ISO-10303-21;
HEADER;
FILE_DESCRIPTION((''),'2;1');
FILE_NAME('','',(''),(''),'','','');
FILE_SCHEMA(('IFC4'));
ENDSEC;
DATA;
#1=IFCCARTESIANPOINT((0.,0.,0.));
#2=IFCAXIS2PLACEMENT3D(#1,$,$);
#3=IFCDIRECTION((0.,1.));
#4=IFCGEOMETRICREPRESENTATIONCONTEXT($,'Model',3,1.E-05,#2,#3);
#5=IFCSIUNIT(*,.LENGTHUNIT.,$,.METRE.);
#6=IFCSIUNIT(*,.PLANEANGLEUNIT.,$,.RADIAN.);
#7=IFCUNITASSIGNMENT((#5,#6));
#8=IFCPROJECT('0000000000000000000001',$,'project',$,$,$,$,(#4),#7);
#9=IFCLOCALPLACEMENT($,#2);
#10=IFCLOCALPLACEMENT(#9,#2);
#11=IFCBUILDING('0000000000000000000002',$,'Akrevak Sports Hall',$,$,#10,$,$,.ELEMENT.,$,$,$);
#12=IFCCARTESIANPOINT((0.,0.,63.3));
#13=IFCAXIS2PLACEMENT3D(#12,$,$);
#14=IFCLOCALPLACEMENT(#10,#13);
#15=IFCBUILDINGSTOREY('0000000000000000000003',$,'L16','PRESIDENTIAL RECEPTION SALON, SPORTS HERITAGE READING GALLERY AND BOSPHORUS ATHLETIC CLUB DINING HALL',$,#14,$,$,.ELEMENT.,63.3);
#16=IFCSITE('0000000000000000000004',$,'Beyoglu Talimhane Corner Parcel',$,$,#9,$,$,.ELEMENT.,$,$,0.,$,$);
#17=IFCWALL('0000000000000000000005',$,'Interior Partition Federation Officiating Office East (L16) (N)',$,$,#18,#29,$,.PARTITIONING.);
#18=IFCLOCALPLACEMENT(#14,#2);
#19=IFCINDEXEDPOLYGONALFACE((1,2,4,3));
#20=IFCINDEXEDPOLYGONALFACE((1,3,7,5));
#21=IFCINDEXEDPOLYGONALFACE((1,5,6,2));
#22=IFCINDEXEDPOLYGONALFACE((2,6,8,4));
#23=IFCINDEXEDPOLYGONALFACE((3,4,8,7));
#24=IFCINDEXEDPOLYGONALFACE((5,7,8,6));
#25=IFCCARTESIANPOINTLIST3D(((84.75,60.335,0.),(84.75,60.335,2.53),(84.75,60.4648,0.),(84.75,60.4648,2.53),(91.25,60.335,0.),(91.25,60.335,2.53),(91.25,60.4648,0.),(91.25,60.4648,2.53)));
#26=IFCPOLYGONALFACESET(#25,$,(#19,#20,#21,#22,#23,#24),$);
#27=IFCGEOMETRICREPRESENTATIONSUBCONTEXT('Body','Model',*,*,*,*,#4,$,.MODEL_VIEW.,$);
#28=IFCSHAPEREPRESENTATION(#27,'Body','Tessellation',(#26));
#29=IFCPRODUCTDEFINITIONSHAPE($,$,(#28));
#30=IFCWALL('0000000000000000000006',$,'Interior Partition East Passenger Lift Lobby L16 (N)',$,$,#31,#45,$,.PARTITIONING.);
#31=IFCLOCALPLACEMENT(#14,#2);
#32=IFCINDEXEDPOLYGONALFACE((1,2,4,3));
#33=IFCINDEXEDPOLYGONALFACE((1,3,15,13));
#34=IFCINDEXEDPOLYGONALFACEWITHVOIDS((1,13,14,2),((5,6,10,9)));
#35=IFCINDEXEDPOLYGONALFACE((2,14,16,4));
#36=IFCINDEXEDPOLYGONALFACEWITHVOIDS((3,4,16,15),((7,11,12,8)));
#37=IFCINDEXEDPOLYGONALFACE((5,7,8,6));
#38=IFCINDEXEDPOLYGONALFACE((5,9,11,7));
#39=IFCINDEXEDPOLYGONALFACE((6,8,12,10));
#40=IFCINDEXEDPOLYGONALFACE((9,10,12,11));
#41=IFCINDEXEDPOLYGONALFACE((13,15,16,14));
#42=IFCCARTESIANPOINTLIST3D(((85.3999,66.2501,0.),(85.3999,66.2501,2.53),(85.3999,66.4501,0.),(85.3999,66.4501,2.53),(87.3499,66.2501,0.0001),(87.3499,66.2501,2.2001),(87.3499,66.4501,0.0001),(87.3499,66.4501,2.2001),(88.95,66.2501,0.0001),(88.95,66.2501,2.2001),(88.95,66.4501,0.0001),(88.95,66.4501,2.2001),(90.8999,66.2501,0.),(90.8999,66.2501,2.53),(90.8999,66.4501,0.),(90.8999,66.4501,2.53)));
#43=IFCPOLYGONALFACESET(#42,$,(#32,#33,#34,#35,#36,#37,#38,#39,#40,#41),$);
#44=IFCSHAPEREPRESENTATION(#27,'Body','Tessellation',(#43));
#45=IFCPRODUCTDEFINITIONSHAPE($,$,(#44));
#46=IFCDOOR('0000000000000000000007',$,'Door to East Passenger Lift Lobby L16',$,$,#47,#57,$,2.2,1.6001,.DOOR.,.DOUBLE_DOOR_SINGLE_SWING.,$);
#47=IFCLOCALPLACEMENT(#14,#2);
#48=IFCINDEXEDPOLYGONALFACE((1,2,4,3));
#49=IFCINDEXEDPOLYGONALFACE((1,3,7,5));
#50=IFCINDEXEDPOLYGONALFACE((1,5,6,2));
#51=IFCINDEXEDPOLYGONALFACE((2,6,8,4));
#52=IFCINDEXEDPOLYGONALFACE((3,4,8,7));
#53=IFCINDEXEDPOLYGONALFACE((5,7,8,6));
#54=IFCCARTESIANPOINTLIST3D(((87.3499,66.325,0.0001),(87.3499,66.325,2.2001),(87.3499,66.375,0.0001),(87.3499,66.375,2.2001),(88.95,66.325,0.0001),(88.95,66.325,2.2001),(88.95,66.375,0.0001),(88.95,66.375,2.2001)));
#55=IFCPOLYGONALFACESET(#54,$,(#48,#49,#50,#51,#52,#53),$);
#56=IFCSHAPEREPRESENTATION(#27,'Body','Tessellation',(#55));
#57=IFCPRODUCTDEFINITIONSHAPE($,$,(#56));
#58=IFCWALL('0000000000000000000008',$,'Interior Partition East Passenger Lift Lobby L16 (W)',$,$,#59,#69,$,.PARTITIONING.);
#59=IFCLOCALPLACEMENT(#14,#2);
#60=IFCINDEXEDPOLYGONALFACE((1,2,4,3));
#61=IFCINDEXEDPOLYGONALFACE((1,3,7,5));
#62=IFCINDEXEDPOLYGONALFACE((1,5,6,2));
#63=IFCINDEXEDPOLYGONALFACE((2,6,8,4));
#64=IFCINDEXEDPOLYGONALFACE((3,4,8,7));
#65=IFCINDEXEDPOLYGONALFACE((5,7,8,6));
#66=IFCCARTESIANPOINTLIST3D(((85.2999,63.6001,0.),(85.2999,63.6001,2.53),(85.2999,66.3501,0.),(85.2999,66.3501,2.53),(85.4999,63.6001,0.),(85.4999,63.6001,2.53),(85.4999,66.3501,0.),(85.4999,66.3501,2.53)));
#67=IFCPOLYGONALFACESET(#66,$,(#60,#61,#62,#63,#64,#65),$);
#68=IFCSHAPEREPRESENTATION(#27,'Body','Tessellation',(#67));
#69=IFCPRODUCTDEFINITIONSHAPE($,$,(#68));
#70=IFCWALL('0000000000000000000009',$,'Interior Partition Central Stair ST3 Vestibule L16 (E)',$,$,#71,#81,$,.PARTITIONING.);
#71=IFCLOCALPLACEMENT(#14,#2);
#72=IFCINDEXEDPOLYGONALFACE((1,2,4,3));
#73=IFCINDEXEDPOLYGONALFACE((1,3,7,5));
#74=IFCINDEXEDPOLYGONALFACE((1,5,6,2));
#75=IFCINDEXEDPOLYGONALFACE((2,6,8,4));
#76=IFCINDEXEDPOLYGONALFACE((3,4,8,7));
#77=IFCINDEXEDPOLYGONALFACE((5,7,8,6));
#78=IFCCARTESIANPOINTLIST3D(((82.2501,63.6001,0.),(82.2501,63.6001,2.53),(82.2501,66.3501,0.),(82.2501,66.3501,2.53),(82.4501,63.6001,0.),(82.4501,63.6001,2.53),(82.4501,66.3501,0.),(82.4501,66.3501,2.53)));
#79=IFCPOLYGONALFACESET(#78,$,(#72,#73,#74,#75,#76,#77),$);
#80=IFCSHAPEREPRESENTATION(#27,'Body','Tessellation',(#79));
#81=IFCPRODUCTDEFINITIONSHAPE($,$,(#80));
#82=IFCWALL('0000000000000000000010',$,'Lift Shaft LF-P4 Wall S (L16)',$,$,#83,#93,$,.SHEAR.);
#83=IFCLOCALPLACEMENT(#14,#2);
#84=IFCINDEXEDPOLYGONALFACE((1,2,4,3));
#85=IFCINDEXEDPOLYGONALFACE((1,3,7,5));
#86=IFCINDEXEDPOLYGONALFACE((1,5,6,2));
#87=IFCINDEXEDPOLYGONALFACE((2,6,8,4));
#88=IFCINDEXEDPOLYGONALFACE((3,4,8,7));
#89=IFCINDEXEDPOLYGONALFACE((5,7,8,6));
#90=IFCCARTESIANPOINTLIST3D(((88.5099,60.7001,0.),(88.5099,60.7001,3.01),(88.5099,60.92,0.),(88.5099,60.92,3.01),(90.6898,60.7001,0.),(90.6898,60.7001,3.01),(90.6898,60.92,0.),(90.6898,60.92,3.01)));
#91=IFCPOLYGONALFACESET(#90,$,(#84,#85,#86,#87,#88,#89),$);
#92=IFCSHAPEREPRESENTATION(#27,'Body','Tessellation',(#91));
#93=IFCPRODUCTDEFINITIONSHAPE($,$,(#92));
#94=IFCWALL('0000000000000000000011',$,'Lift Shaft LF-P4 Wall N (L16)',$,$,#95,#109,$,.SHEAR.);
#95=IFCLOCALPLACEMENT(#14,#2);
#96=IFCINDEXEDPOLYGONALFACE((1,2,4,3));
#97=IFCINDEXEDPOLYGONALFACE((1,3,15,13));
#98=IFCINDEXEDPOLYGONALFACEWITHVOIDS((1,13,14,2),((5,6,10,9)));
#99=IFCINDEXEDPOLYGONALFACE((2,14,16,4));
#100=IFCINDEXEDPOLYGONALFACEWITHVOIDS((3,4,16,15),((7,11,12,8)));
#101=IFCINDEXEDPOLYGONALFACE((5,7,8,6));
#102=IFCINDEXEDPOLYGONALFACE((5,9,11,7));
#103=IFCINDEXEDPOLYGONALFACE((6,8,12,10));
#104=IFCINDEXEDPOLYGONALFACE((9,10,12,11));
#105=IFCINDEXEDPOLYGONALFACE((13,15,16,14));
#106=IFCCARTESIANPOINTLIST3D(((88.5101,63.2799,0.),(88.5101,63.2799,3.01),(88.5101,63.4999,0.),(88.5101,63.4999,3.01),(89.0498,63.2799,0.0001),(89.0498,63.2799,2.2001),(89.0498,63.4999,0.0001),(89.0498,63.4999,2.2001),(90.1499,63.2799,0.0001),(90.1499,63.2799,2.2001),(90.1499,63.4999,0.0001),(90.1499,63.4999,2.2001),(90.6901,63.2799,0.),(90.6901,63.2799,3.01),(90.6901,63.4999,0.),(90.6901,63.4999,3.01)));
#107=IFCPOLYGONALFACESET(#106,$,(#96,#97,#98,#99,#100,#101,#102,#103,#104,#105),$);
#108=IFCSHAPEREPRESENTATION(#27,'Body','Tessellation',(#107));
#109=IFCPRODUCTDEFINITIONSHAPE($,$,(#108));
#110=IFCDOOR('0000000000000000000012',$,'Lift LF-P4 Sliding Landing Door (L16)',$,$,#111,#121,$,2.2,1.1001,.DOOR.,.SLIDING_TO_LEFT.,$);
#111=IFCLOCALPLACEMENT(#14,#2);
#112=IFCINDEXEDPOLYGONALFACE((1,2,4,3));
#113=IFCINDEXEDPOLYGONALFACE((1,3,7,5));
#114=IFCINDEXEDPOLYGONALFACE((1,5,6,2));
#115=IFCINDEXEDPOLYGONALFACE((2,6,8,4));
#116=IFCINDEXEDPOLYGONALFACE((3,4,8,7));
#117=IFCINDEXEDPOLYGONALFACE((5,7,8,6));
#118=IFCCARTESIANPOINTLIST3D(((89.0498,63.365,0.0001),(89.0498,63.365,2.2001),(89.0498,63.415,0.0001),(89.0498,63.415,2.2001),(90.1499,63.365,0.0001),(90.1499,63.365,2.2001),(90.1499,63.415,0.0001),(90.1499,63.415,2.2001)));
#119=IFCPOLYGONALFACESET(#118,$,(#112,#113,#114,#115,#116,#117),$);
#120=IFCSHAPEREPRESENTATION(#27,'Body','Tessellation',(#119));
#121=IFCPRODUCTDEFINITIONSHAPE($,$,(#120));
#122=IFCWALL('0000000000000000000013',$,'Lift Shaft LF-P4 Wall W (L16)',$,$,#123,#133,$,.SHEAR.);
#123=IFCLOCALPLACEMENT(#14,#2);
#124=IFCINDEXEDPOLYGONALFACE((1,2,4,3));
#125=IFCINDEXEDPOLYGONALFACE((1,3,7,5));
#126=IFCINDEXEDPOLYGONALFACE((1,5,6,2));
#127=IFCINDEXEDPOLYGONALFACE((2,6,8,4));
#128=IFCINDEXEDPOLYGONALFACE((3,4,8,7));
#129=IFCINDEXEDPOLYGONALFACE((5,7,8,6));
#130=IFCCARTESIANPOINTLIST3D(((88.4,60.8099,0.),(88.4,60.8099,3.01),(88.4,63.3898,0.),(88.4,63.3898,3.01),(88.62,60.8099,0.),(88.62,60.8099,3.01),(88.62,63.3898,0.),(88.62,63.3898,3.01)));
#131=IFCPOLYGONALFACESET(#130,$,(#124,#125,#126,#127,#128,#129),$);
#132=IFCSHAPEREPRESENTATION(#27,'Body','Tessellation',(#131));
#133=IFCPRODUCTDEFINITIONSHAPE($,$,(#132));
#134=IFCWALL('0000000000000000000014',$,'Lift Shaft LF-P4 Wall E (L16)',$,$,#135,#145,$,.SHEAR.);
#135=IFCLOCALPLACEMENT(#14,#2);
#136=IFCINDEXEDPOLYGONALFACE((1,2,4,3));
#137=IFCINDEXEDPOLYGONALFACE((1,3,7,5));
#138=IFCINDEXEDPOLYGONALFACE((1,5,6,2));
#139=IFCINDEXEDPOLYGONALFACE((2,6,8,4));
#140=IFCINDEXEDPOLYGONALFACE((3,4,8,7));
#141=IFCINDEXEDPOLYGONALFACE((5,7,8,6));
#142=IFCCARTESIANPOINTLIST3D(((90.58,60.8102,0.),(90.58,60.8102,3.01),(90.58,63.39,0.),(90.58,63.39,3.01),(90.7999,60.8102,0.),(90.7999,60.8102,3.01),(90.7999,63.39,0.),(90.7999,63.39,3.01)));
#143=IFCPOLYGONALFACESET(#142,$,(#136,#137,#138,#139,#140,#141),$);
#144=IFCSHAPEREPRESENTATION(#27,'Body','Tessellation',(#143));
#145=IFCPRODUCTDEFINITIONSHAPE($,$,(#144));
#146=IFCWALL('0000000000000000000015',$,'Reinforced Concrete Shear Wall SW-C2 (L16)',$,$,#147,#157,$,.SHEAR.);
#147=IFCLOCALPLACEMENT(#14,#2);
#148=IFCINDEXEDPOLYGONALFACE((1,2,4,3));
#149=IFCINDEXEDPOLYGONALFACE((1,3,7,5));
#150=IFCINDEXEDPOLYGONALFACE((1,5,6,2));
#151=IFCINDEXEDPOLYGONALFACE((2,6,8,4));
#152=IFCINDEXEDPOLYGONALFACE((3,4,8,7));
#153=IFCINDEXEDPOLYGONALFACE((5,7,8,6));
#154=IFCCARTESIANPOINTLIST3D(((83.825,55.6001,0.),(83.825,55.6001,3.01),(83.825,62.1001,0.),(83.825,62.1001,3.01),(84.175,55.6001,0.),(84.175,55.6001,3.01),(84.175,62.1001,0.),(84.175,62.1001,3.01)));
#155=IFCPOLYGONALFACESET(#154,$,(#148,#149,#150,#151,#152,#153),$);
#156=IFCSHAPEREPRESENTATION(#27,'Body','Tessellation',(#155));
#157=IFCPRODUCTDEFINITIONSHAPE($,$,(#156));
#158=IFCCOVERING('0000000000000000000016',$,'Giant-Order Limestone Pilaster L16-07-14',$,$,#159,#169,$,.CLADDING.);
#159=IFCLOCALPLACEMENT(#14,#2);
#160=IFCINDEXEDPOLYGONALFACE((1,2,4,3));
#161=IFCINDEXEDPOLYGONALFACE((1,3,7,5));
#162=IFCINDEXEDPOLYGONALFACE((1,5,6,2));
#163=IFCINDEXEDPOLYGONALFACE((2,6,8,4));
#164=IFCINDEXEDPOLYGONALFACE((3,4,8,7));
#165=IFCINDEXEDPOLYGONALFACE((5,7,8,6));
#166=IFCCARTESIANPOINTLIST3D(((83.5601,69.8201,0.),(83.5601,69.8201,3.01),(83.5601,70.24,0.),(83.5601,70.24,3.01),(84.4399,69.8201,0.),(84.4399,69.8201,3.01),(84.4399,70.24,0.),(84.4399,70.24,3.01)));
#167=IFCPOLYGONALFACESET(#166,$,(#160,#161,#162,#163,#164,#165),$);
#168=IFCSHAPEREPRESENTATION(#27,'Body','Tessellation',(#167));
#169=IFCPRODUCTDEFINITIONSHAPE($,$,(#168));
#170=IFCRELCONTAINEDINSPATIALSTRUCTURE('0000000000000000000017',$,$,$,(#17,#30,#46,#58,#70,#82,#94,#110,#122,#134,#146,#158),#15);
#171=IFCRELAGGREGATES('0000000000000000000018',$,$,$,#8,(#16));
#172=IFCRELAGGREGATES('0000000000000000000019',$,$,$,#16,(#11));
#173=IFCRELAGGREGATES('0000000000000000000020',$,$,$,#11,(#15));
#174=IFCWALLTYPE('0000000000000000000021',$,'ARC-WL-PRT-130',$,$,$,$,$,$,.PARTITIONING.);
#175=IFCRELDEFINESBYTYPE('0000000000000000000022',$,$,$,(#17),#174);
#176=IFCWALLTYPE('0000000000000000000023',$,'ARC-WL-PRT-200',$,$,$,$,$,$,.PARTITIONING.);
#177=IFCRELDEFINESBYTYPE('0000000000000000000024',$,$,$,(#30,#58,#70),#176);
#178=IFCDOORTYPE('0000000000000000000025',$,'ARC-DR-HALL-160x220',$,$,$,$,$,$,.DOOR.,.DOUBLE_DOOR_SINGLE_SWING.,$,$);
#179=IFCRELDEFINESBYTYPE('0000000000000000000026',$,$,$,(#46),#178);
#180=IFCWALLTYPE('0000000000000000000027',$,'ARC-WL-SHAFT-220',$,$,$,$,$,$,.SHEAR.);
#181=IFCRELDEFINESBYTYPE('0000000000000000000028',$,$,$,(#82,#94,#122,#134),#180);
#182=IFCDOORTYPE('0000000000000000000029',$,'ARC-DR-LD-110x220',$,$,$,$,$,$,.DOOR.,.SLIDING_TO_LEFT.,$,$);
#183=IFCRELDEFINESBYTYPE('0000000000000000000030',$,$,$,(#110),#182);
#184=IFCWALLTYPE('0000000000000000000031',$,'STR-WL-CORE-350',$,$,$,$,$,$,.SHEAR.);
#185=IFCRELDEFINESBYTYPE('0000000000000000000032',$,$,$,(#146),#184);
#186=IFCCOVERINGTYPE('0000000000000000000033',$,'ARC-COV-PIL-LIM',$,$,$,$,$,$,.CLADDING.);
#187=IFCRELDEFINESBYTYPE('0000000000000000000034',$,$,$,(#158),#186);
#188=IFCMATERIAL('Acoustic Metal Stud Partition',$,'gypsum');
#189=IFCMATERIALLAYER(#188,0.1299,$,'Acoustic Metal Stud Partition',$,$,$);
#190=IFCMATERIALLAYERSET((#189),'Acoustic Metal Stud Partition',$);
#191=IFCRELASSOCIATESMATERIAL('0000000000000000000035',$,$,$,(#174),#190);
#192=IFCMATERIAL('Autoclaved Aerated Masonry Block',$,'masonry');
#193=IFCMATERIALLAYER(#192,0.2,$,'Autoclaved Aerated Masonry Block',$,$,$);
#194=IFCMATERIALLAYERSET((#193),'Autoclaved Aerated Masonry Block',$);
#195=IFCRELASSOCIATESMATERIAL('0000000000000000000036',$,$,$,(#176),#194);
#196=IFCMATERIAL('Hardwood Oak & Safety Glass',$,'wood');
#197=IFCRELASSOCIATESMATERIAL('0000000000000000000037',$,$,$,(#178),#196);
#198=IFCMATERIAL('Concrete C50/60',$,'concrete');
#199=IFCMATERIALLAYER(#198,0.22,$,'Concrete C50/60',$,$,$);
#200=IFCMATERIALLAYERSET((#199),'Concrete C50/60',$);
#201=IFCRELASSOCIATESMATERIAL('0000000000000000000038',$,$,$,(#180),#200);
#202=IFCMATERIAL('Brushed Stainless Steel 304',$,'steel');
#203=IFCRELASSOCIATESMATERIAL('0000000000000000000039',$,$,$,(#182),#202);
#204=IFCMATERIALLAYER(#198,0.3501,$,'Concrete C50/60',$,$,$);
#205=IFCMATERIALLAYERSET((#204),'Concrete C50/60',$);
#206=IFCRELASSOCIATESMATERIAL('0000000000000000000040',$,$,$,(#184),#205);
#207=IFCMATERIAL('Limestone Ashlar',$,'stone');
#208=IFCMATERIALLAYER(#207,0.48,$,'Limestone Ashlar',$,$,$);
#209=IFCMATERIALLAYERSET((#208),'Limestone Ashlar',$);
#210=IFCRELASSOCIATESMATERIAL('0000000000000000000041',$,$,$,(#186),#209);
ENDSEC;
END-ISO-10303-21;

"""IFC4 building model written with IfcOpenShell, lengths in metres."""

from ifc_helpers import new_model, si_unit, direction, frame, frame_2d, origin, origin_2d, place, context, subcontext, project, spatial, rectangle, extrude, material, layer, layer_set, type_object, element, fill, save


model = new_model("IFC4")

# Units and contexts
model_context = context("Model", 3, precision=1e-05, world=origin(), true_north=direction((0.0, 1.0)))
body_context = subcontext(model_context, "Body", "Model", "MODEL_VIEW")
ifc_project = project(units=[si_unit("LENGTHUNIT", "METRE"), si_unit("PLANEANGLEUNIT", "RADIAN")], contexts=[model_context])

# Site, building, storey
site_placement = place(None, origin())
site = spatial("IfcSite", under=ifc_project, at=site_placement, Name="Beyoglu Talimhane Corner Parcel", CompositionType="ELEMENT", RefElevation=0.0)
building_placement = place(site_placement, origin())
building = spatial("IfcBuilding", under=site, at=building_placement, Name="Akrevak Sports Hall", CompositionType="ELEMENT")
storey_placement = place(building_placement, frame((0.0, 0.0, 63.3)))
storey = spatial("IfcBuildingStorey", under=building, at=storey_placement, Name="L16", Description="PRESIDENTIAL RECEPTION SALON, SPORTS HERITAGE READING GALLERY AND BOSPHORUS ATHLETIC CLUB DINING HALL", CompositionType="ELEMENT", Elevation=63.3)

# Wall
ifc_material_1 = material(Name="Acoustic Metal Stud Partition", Category="gypsum")
ifc_layer_1 = layer(ifc_material_1, 0.1299, Name="Acoustic Metal Stud Partition")
ifc_layer_set_1 = layer_set([ifc_layer_1], Name="Acoustic Metal Stud Partition")
wall_type_1 = type_object("IfcWallType", Name="ARC-WL-PRT-130", PredefinedType="PARTITIONING", material=ifc_layer_set_1)
wall_1_placement = place(storey_placement, frame((84.75, 60.3999, 0.0), z_axis=(0.0, 0.0, 1.0), x_axis=(1.0, 0.0, 0.0)))
element("IfcWall", 1, at=wall_1_placement, inside=storey, type_object=wall_type_1, Name="Interior Partition Federation Officiating Office East (L16) (N)", PredefinedType="PARTITIONING", context=body_context, shape_type="SweptSolid", body=[
    extrude(rectangle(XDim=6.5, YDim=0.1299, at=frame_2d((3.25, 0.0))), origin(), (0.0, 0.0, 1.0), 2.53),
])

# Wall, opening, door
ifc_material_2 = material(Name="Autoclaved Aerated Masonry Block", Category="masonry")
ifc_layer_2 = layer(ifc_material_2, 0.2, Name="Autoclaved Aerated Masonry Block")
ifc_layer_set_2 = layer_set([ifc_layer_2], Name="Autoclaved Aerated Masonry Block")
wall_type_2 = type_object("IfcWallType", Name="ARC-WL-PRT-200", PredefinedType="PARTITIONING", material=ifc_layer_set_2)
wall_2_placement = place(storey_placement, frame((85.3999, 66.3501, 0.0), z_axis=(0.0, 0.0, 1.0), x_axis=(1.0, 0.0, 0.0)))
wall_2 = element("IfcWall", 2, at=wall_2_placement, inside=storey, type_object=wall_type_2, Name="Interior Partition East Passenger Lift Lobby L16 (N)", PredefinedType="PARTITIONING", context=body_context, shape_type="SweptSolid", body=[
    extrude(rectangle(XDim=5.5, YDim=0.2, at=frame_2d((2.75, 0.0))), origin(), (0.0, 0.0, 1.0), 2.53),
])
opening_1_placement = place(wall_2_placement, frame((1.95, 0.0, 0.0)))
opening_1 = element("IfcOpeningElement", 3, at=opening_1_placement, cuts=wall_2, PredefinedType="OPENING", context=body_context, shape_type="SweptSolid", body=[
    extrude(rectangle(XDim=1.6001, YDim=2.2, at=frame_2d((0.8, 1.1001))), frame((0.0, 0.1118, 0.0), z_axis=(0.0, -1.0, 0.0), x_axis=(1.0, 0.0, 0.0)), (0.0, 0.0, 1.0), 0.2239),
])
ifc_material_3 = material(Name="Hardwood Oak & Safety Glass", Category="wood")
door_type_1 = type_object("IfcDoorType", Name="ARC-DR-HALL-160x220", OperationType="DOUBLE_DOOR_SINGLE_SWING", PredefinedType="DOOR", material=ifc_material_3)
door_1_placement = place(opening_1_placement, origin())
door_1 = element("IfcDoor", 4, at=door_1_placement, inside=storey, type_object=door_type_1, Name="Door to East Passenger Lift Lobby L16", OperationType="DOUBLE_DOOR_SINGLE_SWING", OverallHeight=2.2, OverallWidth=1.6001, PredefinedType="DOOR", context=body_context, shape_type="SweptSolid", body=[
    extrude(rectangle(XDim=1.6001, YDim=2.2, at=frame_2d((0.8, 1.1001))), frame((0.0, 0.0249, 0.0), z_axis=(0.0, -1.0, 0.0), x_axis=(1.0, 0.0, 0.0)), (0.0, 0.0, 1.0), 0.05),
])
fill(opening_1, door_1)

# Walls
for number, where, z_axis, x_axis, name in (
    (5, (85.3999, 63.6001, 0.0), (0.0, 0.0, 1.0), (0.0, 1.0, 0.0), "Interior Partition East Passenger Lift Lobby L16 (W)"),
    (6, (82.3501, 63.6001, 0.0), (0.0, 0.0, 1.0), (0.0, 1.0, 0.0), "Interior Partition Central Stair ST3 Vestibule L16 (E)"),
):
    element("IfcWall", number, at=place(storey_placement, frame(where, z_axis=z_axis, x_axis=x_axis)), inside=storey, type_object=wall_type_2, Name=name, PredefinedType="PARTITIONING", context=body_context, shape_type="SweptSolid", body=[
        extrude(rectangle(XDim=2.75, YDim=0.2, at=frame_2d((1.375, 0.0))), origin(), (0.0, 0.0, 1.0), 2.53),
    ])
ifc_material_4 = material(Name="Concrete C50/60", Category="concrete")
ifc_layer_3 = layer(ifc_material_4, 0.22, Name="Concrete C50/60")
ifc_layer_set_3 = layer_set([ifc_layer_3], Name="Concrete C50/60")
wall_type_3 = type_object("IfcWallType", Name="ARC-WL-SHAFT-220", PredefinedType="SHEAR", material=ifc_layer_set_3)
wall_3_placement = place(storey_placement, frame((88.51, 60.8101, 0.0), z_axis=(0.0, 0.0, 1.0), x_axis=(1.0, 0.0, 0.0)))
element("IfcWall", 7, at=wall_3_placement, inside=storey, type_object=wall_type_3, Name="Lift Shaft LF-P4 Wall S (L16)", PredefinedType="SHEAR", context=body_context, shape_type="SweptSolid", body=[
    extrude(rectangle(XDim=2.1799, YDim=0.22, at=frame_2d((1.0898, 0.0))), origin(), (0.0, 0.0, 1.0), 3.01),
])

# Wall, opening, door
wall_4_placement = place(storey_placement, frame((90.6899, 63.3899, 0.0), z_axis=(0.0, 0.0, 1.0), x_axis=(-1.0, 0.0, 0.0)))
wall_4 = element("IfcWall", 8, at=wall_4_placement, inside=storey, type_object=wall_type_3, Name="Lift Shaft LF-P4 Wall N (L16)", PredefinedType="SHEAR", context=body_context, shape_type="SweptSolid", body=[
    extrude(rectangle(XDim=2.1799, YDim=0.22, at=frame_2d((1.0898, 0.0))), origin(), (0.0, 0.0, 1.0), 3.01),
])
opening_2_placement = place(wall_4_placement, frame((0.54, 0.0, 0.0)))
opening_2 = element("IfcOpeningElement", 9, at=opening_2_placement, cuts=wall_4, PredefinedType="OPENING", context=body_context, shape_type="SweptSolid", body=[
    extrude(rectangle(XDim=1.1001, YDim=2.2, at=frame_2d((0.55, 1.1001))), frame((0.0, 0.1221, 0.0), z_axis=(0.0, -1.0, 0.0), x_axis=(1.0, 0.0, 0.0)), (0.0, 0.0, 1.0), 0.2439),
])
ifc_material_5 = material(Name="Brushed Stainless Steel 304", Category="steel")
door_type_2 = type_object("IfcDoorType", Name="ARC-DR-LD-110x220", OperationType="SLIDING_TO_LEFT", PredefinedType="DOOR", material=ifc_material_5)
door_2_placement = place(opening_2_placement, origin())
door_2 = element("IfcDoor", 10, at=door_2_placement, inside=storey, type_object=door_type_2, Name="Lift LF-P4 Sliding Landing Door (L16)", OperationType="SLIDING_TO_LEFT", OverallHeight=2.2, OverallWidth=1.1001, PredefinedType="DOOR", context=body_context, shape_type="SweptSolid", body=[
    extrude(rectangle(XDim=1.1001, YDim=2.2, at=frame_2d((0.55, 1.1001))), frame((0.0, 0.0249, 0.0), z_axis=(0.0, -1.0, 0.0), x_axis=(1.0, 0.0, 0.0)), (0.0, 0.0, 1.0), 0.05),
])
fill(opening_2, door_2)

# Walls
for number, where, z_axis, x_axis, name in (
    (11, (88.51, 63.3899, 0.0), (0.0, 0.0, 1.0), (0.0, -1.0, 0.0), "Lift Shaft LF-P4 Wall W (L16)"),
    (12, (90.6899, 60.8101, 0.0), (0.0, 0.0, 1.0), (0.0, 1.0, 0.0), "Lift Shaft LF-P4 Wall E (L16)"),
):
    element("IfcWall", number, at=place(storey_placement, frame(where, z_axis=z_axis, x_axis=x_axis)), inside=storey, type_object=wall_type_3, Name=name, PredefinedType="SHEAR", context=body_context, shape_type="SweptSolid", body=[
        extrude(rectangle(XDim=2.5798, YDim=0.22, at=frame_2d((1.29, 0.0))), origin(), (0.0, 0.0, 1.0), 3.01),
    ])
ifc_layer_4 = layer(ifc_material_4, 0.3501, Name="Concrete C50/60")
ifc_layer_set_4 = layer_set([ifc_layer_4], Name="Concrete C50/60")
wall_type_4 = type_object("IfcWallType", Name="STR-WL-CORE-350", PredefinedType="SHEAR", material=ifc_layer_set_4)
wall_5_placement = place(storey_placement, frame((84.0, 55.6001, 0.0), z_axis=(0.0, 0.0, 1.0), x_axis=(0.0, 1.0, 0.0)))
element("IfcWall", 13, at=wall_5_placement, inside=storey, type_object=wall_type_4, Name="Reinforced Concrete Shear Wall SW-C2 (L16)", PredefinedType="SHEAR", context=body_context, shape_type="SweptSolid", body=[
    extrude(rectangle(XDim=6.5, YDim=0.3501, at=frame_2d((3.25, 0.0))), origin(), (0.0, 0.0, 1.0), 3.01),
])

# Covering
ifc_material_6 = material(Name="Limestone Ashlar", Category="stone")
ifc_layer_5 = layer(ifc_material_6, 0.48, Name="Limestone Ashlar")
ifc_layer_set_5 = layer_set([ifc_layer_5], Name="Limestone Ashlar")
covering_type = type_object("IfcCoveringType", Name="ARC-COV-PIL-LIM", PredefinedType="CLADDING", material=ifc_layer_set_5)
covering_placement = place(storey_placement, frame((84.0, 70.03, 0.0), z_axis=(0.0, 0.0, 1.0), x_axis=(-1.0, 0.0, 0.0)))
element("IfcCovering", 14, at=covering_placement, inside=storey, type_object=covering_type, Name="Giant-Order Limestone Pilaster L16-07-14", PredefinedType="CLADDING", context=body_context, shape_type="SweptSolid", body=[
    extrude(rectangle(XDim=0.8799, YDim=0.4199, at=origin_2d()), origin(), (0.0, 0.0, 1.0), 3.01),
])

save(model, "model.ifc")
